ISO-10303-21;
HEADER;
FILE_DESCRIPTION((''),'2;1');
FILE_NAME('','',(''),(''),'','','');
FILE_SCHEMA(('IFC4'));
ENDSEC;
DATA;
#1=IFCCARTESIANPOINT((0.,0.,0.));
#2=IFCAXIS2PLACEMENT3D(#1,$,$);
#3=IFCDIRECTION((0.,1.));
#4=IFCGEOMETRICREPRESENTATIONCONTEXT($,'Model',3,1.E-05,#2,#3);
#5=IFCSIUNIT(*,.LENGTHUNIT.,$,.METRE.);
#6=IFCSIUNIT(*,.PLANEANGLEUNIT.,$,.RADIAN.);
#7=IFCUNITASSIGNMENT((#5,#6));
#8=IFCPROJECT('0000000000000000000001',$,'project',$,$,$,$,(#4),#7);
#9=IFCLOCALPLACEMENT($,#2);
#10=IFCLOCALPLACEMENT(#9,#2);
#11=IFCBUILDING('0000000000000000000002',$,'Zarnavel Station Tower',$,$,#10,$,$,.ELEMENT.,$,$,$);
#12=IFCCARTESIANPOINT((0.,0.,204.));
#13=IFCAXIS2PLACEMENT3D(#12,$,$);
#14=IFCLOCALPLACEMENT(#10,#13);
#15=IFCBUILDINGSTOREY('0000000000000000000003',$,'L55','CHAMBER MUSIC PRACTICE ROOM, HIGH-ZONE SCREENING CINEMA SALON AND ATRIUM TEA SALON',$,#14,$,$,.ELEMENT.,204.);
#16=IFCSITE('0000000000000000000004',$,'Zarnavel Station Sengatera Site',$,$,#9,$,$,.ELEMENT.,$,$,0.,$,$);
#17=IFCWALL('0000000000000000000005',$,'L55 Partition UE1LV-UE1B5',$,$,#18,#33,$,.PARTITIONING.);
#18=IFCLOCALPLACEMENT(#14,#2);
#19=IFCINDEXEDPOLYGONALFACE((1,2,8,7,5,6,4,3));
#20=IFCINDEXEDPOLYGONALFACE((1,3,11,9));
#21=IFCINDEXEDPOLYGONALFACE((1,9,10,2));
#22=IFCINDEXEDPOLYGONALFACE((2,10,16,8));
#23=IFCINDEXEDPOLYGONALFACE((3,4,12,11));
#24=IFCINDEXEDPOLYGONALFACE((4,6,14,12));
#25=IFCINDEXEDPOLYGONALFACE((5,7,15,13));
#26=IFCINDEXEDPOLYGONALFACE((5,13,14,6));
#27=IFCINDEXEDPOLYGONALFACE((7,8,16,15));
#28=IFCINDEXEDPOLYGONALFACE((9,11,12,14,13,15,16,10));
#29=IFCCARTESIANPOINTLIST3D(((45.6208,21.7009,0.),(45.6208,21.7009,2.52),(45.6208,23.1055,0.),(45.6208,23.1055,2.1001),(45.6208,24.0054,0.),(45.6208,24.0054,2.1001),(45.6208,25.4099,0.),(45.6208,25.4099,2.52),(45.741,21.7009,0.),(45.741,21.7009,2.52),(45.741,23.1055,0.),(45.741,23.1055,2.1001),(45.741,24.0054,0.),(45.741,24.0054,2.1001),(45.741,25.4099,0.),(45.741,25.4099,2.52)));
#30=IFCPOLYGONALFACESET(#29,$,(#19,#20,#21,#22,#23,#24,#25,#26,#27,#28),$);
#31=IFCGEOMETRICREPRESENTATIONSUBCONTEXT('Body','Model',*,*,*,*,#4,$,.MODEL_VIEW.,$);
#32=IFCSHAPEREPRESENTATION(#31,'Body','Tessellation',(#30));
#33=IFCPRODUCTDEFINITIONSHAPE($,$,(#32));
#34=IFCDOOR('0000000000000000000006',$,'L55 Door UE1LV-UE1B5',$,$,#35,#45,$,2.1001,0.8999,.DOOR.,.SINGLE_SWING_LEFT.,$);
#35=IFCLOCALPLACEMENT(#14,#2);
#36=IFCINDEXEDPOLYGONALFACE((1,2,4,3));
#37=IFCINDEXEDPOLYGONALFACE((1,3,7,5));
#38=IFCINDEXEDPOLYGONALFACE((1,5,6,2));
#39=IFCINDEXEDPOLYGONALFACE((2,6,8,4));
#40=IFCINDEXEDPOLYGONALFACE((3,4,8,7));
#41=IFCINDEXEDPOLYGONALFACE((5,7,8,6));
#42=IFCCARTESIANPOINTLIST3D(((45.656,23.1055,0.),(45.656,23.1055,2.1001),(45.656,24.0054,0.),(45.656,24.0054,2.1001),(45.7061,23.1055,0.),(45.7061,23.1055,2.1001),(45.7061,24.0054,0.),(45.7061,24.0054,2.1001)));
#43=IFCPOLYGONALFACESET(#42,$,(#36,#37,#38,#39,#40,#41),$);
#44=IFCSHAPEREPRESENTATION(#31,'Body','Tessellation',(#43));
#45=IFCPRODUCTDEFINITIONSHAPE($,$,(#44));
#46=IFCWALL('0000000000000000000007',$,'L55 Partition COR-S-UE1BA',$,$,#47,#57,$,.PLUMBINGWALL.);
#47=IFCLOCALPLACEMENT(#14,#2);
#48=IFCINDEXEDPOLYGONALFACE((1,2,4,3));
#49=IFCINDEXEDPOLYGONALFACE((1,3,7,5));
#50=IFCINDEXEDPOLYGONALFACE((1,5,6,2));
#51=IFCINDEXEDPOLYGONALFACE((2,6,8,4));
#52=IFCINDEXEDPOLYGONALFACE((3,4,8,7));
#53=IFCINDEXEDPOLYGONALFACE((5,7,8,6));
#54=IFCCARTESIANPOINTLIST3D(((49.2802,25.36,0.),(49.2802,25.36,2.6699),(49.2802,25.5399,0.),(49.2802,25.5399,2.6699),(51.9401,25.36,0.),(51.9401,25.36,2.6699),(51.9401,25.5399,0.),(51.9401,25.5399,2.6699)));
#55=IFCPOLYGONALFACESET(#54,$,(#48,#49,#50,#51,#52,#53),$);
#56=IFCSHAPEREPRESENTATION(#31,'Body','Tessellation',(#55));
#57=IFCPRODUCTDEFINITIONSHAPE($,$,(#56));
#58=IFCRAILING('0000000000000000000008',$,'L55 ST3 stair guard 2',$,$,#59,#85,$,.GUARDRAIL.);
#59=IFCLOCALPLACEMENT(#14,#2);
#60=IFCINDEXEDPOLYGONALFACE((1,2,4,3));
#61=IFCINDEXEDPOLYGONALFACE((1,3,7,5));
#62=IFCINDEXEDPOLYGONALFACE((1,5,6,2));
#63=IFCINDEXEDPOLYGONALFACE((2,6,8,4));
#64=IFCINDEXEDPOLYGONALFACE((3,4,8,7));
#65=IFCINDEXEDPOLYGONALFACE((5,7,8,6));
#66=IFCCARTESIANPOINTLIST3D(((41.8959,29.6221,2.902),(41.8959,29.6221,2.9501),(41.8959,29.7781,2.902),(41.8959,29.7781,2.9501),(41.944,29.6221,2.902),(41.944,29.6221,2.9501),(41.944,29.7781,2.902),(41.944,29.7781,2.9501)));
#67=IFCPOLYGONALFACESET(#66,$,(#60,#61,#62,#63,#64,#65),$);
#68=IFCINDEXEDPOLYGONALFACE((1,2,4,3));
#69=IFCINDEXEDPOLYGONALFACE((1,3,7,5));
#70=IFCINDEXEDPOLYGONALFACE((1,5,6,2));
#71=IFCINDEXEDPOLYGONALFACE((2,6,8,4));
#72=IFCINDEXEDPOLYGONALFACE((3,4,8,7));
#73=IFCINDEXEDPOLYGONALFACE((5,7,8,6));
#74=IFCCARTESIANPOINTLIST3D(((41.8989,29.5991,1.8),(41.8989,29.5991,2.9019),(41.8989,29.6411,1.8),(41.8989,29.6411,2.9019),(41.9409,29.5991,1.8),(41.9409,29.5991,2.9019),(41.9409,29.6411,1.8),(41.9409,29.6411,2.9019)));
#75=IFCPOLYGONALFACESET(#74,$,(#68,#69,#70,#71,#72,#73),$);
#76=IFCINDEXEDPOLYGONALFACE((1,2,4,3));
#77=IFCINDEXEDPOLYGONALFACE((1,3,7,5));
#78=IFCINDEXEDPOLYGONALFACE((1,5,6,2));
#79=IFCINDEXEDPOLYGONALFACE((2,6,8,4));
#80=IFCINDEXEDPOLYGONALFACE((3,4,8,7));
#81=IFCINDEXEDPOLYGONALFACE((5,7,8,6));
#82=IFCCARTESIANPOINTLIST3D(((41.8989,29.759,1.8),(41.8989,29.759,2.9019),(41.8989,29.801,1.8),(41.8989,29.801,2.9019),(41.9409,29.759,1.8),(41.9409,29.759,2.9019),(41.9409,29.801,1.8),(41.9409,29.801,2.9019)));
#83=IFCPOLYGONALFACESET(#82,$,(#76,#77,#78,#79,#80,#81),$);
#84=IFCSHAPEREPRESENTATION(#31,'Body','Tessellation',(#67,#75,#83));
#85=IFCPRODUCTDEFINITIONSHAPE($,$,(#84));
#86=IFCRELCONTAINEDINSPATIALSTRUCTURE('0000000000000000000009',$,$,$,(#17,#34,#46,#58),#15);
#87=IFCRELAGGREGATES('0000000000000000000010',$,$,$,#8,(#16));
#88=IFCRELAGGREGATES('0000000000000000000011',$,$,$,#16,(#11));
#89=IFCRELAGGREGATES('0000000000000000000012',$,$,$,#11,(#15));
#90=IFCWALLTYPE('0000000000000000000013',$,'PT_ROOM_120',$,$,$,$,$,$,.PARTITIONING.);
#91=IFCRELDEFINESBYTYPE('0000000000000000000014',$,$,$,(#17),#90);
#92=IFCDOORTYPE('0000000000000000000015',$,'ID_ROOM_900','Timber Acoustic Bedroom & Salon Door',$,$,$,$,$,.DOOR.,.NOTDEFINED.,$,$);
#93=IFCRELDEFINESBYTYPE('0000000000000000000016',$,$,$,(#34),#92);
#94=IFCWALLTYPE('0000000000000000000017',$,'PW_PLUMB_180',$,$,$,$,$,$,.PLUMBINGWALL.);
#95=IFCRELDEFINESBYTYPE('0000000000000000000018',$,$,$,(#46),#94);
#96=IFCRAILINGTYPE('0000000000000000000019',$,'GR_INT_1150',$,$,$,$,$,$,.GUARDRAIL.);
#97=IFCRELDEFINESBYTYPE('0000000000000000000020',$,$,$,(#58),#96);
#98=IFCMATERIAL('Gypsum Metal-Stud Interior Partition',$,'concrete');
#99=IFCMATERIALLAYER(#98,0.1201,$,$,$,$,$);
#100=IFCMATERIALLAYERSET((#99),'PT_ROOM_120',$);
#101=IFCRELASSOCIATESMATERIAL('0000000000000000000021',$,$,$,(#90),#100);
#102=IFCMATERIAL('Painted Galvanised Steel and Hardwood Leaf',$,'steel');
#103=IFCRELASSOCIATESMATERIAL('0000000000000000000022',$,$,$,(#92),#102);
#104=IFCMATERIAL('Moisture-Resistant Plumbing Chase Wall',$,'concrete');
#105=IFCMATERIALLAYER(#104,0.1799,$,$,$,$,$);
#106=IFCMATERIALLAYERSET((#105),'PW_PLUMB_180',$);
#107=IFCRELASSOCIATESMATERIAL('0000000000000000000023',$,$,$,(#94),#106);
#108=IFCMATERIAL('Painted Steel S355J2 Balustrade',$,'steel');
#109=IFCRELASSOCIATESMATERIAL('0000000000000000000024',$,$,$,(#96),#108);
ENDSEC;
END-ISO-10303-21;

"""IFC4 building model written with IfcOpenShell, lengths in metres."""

from ifc_helpers import new_model, si_unit, direction, frame, frame_2d, origin, origin_2d, place, context, subcontext, project, spatial, rectangle, extrude, material, layer, layer_set, type_object, element, fill, save


model = new_model("IFC4")

# Units and contexts
model_context = context("Model", 3, precision=1e-05, world=origin(), true_north=direction((0.0, 1.0)))
body_context = subcontext(model_context, "Body", "Model", "MODEL_VIEW")
ifc_project = project(units=[si_unit("LENGTHUNIT", "METRE"), si_unit("PLANEANGLEUNIT", "RADIAN")], contexts=[model_context])

# Site, building, storey
site_placement = place(None, origin())
site = spatial("IfcSite", under=ifc_project, at=site_placement, Name="Zarnavel Station Sengatera Site", CompositionType="ELEMENT", RefElevation=0.0)
building_placement = place(site_placement, origin())
building = spatial("IfcBuilding", under=site, at=building_placement, Name="Zarnavel Station Tower", CompositionType="ELEMENT")
storey_placement = place(building_placement, frame((0.0, 0.0, 204.0)))
storey = spatial("IfcBuildingStorey", under=building, at=storey_placement, Name="L55", Description="CHAMBER MUSIC PRACTICE ROOM, HIGH-ZONE SCREENING CINEMA SALON AND ATRIUM TEA SALON", CompositionType="ELEMENT", Elevation=204.0)

# Wall, opening, door
ifc_material_1 = material(Name="Gypsum Metal-Stud Interior Partition", Category="concrete")
ifc_layer_1 = layer(ifc_material_1, 0.1201)
ifc_layer_set_1 = layer_set([ifc_layer_1], Name="PT_ROOM_120")
wall_type_1 = type_object("IfcWallType", Name="PT_ROOM_120", PredefinedType="PARTITIONING", material=ifc_layer_set_1)
ifc_material_2 = material(Name="Painted Galvanised Steel and Hardwood Leaf", Category="steel")
door_type_1 = type_object("IfcDoorType", Name="ID_ROOM_900", Description="Timber Acoustic Bedroom & Salon Door", OperationType="NOTDEFINED", PredefinedType="DOOR", material=ifc_material_2)
wall_1_placement = place(storey_placement, frame((45.6809, 21.7009, 0.0), z_axis=(0.0, 0.0, 1.0), x_axis=(0.0, 1.0, 0.0)))
wall_1 = element("IfcWall", 1, at=wall_1_placement, inside=storey, type_object=wall_type_1, Name="L55 Partition UE1LV-UE1B5", PredefinedType="PARTITIONING", context=body_context, shape_type="SweptSolid", body=[
    extrude(rectangle(XDim=3.709, YDim=0.1201, at=frame_2d((1.8545, 0.0))), origin(), (0.0, 0.0, 1.0), 2.52),
])
opening_1_placement = place(wall_1_placement, frame((1.4045, 0.0, 0.0)))
opening_1 = element("IfcOpeningElement", 2, at=opening_1_placement, cuts=wall_1, PredefinedType="OPENING", context=body_context, shape_type="SweptSolid", body=[
    extrude(rectangle(XDim=0.8999, YDim=2.1001, at=frame_2d((0.45, 1.05))), frame((0.0, 0.0701, 0.0), z_axis=(0.0, -1.0, 0.0), x_axis=(1.0, 0.0, 0.0)), (0.0, 0.0, 1.0), 0.1401),
])
door_1_placement = place(opening_1_placement, origin())
door_1 = element("IfcDoor", 3, at=door_1_placement, inside=storey, type_object=door_type_1, Name="L55 Door UE1LV-UE1B5", OperationType="SINGLE_SWING_LEFT", OverallHeight=2.1001, OverallWidth=0.8999, PredefinedType="DOOR", context=body_context, shape_type="SweptSolid", body=[
    extrude(rectangle(XDim=0.8999, YDim=2.1001, at=frame_2d((0.45, 1.05))), frame((0.0, 0.0249, 0.0), z_axis=(0.0, -1.0, 0.0), x_axis=(1.0, 0.0, 0.0)), (0.0, 0.0, 1.0), 0.05),
])
fill(opening_1, door_1)

# Wall
ifc_material_3 = material(Name="Moisture-Resistant Plumbing Chase Wall", Category="concrete")
ifc_layer_2 = layer(ifc_material_3, 0.1799)
ifc_layer_set_2 = layer_set([ifc_layer_2], Name="PW_PLUMB_180")
wall_type_2 = type_object("IfcWallType", Name="PW_PLUMB_180", PredefinedType="PLUMBINGWALL", material=ifc_layer_set_2)
wall_2_placement = place(storey_placement, frame((49.28, 25.45, 0.0), z_axis=(0.0, 0.0, 1.0), x_axis=(1.0, 0.0, 0.0)))
element("IfcWall", 4, at=wall_2_placement, inside=storey, type_object=wall_type_2, Name="L55 Partition COR-S-UE1BA", PredefinedType="PLUMBINGWALL", context=body_context, shape_type="SweptSolid", body=[
    extrude(rectangle(XDim=2.6599, YDim=0.1799, at=frame_2d((1.3301, 0.0))), origin(), (0.0, 0.0, 1.0), 2.6699),
])

# Railing
ifc_material_4 = material(Name="Painted Steel S355J2 Balustrade", Category="steel")
railing_type = type_object("IfcRailingType", Name="GR_INT_1150", PredefinedType="GUARDRAIL", material=ifc_material_4)
railing_placement = place(storey_placement, frame((41.9199, 29.6201, 1.8)))
element("IfcRailing", 5, at=railing_placement, inside=storey, type_object=railing_type, Name="L55 ST3 stair guard 2", PredefinedType="GUARDRAIL", context=body_context, shape_type="SweptSolid", body=[
    extrude(rectangle(XDim=0.0481, YDim=0.0481, at=origin_2d()), frame((0.0, 0.002, 1.126), z_axis=(0.0, 1.0, 0.0), x_axis=(-1.0, 0.0, 0.0)), (0.0, 0.0, 1.0), 0.156),
    extrude(rectangle(XDim=0.042, YDim=0.042, at=origin_2d()), origin(), (0.0, 0.0, 1.0), 1.1018),
    extrude(rectangle(XDim=0.042, YDim=0.042, at=origin_2d()), frame((0.0, 0.1599, 0.0)), (0.0, 0.0, 1.0), 1.1018),
])

save(model, "model.ifc")
